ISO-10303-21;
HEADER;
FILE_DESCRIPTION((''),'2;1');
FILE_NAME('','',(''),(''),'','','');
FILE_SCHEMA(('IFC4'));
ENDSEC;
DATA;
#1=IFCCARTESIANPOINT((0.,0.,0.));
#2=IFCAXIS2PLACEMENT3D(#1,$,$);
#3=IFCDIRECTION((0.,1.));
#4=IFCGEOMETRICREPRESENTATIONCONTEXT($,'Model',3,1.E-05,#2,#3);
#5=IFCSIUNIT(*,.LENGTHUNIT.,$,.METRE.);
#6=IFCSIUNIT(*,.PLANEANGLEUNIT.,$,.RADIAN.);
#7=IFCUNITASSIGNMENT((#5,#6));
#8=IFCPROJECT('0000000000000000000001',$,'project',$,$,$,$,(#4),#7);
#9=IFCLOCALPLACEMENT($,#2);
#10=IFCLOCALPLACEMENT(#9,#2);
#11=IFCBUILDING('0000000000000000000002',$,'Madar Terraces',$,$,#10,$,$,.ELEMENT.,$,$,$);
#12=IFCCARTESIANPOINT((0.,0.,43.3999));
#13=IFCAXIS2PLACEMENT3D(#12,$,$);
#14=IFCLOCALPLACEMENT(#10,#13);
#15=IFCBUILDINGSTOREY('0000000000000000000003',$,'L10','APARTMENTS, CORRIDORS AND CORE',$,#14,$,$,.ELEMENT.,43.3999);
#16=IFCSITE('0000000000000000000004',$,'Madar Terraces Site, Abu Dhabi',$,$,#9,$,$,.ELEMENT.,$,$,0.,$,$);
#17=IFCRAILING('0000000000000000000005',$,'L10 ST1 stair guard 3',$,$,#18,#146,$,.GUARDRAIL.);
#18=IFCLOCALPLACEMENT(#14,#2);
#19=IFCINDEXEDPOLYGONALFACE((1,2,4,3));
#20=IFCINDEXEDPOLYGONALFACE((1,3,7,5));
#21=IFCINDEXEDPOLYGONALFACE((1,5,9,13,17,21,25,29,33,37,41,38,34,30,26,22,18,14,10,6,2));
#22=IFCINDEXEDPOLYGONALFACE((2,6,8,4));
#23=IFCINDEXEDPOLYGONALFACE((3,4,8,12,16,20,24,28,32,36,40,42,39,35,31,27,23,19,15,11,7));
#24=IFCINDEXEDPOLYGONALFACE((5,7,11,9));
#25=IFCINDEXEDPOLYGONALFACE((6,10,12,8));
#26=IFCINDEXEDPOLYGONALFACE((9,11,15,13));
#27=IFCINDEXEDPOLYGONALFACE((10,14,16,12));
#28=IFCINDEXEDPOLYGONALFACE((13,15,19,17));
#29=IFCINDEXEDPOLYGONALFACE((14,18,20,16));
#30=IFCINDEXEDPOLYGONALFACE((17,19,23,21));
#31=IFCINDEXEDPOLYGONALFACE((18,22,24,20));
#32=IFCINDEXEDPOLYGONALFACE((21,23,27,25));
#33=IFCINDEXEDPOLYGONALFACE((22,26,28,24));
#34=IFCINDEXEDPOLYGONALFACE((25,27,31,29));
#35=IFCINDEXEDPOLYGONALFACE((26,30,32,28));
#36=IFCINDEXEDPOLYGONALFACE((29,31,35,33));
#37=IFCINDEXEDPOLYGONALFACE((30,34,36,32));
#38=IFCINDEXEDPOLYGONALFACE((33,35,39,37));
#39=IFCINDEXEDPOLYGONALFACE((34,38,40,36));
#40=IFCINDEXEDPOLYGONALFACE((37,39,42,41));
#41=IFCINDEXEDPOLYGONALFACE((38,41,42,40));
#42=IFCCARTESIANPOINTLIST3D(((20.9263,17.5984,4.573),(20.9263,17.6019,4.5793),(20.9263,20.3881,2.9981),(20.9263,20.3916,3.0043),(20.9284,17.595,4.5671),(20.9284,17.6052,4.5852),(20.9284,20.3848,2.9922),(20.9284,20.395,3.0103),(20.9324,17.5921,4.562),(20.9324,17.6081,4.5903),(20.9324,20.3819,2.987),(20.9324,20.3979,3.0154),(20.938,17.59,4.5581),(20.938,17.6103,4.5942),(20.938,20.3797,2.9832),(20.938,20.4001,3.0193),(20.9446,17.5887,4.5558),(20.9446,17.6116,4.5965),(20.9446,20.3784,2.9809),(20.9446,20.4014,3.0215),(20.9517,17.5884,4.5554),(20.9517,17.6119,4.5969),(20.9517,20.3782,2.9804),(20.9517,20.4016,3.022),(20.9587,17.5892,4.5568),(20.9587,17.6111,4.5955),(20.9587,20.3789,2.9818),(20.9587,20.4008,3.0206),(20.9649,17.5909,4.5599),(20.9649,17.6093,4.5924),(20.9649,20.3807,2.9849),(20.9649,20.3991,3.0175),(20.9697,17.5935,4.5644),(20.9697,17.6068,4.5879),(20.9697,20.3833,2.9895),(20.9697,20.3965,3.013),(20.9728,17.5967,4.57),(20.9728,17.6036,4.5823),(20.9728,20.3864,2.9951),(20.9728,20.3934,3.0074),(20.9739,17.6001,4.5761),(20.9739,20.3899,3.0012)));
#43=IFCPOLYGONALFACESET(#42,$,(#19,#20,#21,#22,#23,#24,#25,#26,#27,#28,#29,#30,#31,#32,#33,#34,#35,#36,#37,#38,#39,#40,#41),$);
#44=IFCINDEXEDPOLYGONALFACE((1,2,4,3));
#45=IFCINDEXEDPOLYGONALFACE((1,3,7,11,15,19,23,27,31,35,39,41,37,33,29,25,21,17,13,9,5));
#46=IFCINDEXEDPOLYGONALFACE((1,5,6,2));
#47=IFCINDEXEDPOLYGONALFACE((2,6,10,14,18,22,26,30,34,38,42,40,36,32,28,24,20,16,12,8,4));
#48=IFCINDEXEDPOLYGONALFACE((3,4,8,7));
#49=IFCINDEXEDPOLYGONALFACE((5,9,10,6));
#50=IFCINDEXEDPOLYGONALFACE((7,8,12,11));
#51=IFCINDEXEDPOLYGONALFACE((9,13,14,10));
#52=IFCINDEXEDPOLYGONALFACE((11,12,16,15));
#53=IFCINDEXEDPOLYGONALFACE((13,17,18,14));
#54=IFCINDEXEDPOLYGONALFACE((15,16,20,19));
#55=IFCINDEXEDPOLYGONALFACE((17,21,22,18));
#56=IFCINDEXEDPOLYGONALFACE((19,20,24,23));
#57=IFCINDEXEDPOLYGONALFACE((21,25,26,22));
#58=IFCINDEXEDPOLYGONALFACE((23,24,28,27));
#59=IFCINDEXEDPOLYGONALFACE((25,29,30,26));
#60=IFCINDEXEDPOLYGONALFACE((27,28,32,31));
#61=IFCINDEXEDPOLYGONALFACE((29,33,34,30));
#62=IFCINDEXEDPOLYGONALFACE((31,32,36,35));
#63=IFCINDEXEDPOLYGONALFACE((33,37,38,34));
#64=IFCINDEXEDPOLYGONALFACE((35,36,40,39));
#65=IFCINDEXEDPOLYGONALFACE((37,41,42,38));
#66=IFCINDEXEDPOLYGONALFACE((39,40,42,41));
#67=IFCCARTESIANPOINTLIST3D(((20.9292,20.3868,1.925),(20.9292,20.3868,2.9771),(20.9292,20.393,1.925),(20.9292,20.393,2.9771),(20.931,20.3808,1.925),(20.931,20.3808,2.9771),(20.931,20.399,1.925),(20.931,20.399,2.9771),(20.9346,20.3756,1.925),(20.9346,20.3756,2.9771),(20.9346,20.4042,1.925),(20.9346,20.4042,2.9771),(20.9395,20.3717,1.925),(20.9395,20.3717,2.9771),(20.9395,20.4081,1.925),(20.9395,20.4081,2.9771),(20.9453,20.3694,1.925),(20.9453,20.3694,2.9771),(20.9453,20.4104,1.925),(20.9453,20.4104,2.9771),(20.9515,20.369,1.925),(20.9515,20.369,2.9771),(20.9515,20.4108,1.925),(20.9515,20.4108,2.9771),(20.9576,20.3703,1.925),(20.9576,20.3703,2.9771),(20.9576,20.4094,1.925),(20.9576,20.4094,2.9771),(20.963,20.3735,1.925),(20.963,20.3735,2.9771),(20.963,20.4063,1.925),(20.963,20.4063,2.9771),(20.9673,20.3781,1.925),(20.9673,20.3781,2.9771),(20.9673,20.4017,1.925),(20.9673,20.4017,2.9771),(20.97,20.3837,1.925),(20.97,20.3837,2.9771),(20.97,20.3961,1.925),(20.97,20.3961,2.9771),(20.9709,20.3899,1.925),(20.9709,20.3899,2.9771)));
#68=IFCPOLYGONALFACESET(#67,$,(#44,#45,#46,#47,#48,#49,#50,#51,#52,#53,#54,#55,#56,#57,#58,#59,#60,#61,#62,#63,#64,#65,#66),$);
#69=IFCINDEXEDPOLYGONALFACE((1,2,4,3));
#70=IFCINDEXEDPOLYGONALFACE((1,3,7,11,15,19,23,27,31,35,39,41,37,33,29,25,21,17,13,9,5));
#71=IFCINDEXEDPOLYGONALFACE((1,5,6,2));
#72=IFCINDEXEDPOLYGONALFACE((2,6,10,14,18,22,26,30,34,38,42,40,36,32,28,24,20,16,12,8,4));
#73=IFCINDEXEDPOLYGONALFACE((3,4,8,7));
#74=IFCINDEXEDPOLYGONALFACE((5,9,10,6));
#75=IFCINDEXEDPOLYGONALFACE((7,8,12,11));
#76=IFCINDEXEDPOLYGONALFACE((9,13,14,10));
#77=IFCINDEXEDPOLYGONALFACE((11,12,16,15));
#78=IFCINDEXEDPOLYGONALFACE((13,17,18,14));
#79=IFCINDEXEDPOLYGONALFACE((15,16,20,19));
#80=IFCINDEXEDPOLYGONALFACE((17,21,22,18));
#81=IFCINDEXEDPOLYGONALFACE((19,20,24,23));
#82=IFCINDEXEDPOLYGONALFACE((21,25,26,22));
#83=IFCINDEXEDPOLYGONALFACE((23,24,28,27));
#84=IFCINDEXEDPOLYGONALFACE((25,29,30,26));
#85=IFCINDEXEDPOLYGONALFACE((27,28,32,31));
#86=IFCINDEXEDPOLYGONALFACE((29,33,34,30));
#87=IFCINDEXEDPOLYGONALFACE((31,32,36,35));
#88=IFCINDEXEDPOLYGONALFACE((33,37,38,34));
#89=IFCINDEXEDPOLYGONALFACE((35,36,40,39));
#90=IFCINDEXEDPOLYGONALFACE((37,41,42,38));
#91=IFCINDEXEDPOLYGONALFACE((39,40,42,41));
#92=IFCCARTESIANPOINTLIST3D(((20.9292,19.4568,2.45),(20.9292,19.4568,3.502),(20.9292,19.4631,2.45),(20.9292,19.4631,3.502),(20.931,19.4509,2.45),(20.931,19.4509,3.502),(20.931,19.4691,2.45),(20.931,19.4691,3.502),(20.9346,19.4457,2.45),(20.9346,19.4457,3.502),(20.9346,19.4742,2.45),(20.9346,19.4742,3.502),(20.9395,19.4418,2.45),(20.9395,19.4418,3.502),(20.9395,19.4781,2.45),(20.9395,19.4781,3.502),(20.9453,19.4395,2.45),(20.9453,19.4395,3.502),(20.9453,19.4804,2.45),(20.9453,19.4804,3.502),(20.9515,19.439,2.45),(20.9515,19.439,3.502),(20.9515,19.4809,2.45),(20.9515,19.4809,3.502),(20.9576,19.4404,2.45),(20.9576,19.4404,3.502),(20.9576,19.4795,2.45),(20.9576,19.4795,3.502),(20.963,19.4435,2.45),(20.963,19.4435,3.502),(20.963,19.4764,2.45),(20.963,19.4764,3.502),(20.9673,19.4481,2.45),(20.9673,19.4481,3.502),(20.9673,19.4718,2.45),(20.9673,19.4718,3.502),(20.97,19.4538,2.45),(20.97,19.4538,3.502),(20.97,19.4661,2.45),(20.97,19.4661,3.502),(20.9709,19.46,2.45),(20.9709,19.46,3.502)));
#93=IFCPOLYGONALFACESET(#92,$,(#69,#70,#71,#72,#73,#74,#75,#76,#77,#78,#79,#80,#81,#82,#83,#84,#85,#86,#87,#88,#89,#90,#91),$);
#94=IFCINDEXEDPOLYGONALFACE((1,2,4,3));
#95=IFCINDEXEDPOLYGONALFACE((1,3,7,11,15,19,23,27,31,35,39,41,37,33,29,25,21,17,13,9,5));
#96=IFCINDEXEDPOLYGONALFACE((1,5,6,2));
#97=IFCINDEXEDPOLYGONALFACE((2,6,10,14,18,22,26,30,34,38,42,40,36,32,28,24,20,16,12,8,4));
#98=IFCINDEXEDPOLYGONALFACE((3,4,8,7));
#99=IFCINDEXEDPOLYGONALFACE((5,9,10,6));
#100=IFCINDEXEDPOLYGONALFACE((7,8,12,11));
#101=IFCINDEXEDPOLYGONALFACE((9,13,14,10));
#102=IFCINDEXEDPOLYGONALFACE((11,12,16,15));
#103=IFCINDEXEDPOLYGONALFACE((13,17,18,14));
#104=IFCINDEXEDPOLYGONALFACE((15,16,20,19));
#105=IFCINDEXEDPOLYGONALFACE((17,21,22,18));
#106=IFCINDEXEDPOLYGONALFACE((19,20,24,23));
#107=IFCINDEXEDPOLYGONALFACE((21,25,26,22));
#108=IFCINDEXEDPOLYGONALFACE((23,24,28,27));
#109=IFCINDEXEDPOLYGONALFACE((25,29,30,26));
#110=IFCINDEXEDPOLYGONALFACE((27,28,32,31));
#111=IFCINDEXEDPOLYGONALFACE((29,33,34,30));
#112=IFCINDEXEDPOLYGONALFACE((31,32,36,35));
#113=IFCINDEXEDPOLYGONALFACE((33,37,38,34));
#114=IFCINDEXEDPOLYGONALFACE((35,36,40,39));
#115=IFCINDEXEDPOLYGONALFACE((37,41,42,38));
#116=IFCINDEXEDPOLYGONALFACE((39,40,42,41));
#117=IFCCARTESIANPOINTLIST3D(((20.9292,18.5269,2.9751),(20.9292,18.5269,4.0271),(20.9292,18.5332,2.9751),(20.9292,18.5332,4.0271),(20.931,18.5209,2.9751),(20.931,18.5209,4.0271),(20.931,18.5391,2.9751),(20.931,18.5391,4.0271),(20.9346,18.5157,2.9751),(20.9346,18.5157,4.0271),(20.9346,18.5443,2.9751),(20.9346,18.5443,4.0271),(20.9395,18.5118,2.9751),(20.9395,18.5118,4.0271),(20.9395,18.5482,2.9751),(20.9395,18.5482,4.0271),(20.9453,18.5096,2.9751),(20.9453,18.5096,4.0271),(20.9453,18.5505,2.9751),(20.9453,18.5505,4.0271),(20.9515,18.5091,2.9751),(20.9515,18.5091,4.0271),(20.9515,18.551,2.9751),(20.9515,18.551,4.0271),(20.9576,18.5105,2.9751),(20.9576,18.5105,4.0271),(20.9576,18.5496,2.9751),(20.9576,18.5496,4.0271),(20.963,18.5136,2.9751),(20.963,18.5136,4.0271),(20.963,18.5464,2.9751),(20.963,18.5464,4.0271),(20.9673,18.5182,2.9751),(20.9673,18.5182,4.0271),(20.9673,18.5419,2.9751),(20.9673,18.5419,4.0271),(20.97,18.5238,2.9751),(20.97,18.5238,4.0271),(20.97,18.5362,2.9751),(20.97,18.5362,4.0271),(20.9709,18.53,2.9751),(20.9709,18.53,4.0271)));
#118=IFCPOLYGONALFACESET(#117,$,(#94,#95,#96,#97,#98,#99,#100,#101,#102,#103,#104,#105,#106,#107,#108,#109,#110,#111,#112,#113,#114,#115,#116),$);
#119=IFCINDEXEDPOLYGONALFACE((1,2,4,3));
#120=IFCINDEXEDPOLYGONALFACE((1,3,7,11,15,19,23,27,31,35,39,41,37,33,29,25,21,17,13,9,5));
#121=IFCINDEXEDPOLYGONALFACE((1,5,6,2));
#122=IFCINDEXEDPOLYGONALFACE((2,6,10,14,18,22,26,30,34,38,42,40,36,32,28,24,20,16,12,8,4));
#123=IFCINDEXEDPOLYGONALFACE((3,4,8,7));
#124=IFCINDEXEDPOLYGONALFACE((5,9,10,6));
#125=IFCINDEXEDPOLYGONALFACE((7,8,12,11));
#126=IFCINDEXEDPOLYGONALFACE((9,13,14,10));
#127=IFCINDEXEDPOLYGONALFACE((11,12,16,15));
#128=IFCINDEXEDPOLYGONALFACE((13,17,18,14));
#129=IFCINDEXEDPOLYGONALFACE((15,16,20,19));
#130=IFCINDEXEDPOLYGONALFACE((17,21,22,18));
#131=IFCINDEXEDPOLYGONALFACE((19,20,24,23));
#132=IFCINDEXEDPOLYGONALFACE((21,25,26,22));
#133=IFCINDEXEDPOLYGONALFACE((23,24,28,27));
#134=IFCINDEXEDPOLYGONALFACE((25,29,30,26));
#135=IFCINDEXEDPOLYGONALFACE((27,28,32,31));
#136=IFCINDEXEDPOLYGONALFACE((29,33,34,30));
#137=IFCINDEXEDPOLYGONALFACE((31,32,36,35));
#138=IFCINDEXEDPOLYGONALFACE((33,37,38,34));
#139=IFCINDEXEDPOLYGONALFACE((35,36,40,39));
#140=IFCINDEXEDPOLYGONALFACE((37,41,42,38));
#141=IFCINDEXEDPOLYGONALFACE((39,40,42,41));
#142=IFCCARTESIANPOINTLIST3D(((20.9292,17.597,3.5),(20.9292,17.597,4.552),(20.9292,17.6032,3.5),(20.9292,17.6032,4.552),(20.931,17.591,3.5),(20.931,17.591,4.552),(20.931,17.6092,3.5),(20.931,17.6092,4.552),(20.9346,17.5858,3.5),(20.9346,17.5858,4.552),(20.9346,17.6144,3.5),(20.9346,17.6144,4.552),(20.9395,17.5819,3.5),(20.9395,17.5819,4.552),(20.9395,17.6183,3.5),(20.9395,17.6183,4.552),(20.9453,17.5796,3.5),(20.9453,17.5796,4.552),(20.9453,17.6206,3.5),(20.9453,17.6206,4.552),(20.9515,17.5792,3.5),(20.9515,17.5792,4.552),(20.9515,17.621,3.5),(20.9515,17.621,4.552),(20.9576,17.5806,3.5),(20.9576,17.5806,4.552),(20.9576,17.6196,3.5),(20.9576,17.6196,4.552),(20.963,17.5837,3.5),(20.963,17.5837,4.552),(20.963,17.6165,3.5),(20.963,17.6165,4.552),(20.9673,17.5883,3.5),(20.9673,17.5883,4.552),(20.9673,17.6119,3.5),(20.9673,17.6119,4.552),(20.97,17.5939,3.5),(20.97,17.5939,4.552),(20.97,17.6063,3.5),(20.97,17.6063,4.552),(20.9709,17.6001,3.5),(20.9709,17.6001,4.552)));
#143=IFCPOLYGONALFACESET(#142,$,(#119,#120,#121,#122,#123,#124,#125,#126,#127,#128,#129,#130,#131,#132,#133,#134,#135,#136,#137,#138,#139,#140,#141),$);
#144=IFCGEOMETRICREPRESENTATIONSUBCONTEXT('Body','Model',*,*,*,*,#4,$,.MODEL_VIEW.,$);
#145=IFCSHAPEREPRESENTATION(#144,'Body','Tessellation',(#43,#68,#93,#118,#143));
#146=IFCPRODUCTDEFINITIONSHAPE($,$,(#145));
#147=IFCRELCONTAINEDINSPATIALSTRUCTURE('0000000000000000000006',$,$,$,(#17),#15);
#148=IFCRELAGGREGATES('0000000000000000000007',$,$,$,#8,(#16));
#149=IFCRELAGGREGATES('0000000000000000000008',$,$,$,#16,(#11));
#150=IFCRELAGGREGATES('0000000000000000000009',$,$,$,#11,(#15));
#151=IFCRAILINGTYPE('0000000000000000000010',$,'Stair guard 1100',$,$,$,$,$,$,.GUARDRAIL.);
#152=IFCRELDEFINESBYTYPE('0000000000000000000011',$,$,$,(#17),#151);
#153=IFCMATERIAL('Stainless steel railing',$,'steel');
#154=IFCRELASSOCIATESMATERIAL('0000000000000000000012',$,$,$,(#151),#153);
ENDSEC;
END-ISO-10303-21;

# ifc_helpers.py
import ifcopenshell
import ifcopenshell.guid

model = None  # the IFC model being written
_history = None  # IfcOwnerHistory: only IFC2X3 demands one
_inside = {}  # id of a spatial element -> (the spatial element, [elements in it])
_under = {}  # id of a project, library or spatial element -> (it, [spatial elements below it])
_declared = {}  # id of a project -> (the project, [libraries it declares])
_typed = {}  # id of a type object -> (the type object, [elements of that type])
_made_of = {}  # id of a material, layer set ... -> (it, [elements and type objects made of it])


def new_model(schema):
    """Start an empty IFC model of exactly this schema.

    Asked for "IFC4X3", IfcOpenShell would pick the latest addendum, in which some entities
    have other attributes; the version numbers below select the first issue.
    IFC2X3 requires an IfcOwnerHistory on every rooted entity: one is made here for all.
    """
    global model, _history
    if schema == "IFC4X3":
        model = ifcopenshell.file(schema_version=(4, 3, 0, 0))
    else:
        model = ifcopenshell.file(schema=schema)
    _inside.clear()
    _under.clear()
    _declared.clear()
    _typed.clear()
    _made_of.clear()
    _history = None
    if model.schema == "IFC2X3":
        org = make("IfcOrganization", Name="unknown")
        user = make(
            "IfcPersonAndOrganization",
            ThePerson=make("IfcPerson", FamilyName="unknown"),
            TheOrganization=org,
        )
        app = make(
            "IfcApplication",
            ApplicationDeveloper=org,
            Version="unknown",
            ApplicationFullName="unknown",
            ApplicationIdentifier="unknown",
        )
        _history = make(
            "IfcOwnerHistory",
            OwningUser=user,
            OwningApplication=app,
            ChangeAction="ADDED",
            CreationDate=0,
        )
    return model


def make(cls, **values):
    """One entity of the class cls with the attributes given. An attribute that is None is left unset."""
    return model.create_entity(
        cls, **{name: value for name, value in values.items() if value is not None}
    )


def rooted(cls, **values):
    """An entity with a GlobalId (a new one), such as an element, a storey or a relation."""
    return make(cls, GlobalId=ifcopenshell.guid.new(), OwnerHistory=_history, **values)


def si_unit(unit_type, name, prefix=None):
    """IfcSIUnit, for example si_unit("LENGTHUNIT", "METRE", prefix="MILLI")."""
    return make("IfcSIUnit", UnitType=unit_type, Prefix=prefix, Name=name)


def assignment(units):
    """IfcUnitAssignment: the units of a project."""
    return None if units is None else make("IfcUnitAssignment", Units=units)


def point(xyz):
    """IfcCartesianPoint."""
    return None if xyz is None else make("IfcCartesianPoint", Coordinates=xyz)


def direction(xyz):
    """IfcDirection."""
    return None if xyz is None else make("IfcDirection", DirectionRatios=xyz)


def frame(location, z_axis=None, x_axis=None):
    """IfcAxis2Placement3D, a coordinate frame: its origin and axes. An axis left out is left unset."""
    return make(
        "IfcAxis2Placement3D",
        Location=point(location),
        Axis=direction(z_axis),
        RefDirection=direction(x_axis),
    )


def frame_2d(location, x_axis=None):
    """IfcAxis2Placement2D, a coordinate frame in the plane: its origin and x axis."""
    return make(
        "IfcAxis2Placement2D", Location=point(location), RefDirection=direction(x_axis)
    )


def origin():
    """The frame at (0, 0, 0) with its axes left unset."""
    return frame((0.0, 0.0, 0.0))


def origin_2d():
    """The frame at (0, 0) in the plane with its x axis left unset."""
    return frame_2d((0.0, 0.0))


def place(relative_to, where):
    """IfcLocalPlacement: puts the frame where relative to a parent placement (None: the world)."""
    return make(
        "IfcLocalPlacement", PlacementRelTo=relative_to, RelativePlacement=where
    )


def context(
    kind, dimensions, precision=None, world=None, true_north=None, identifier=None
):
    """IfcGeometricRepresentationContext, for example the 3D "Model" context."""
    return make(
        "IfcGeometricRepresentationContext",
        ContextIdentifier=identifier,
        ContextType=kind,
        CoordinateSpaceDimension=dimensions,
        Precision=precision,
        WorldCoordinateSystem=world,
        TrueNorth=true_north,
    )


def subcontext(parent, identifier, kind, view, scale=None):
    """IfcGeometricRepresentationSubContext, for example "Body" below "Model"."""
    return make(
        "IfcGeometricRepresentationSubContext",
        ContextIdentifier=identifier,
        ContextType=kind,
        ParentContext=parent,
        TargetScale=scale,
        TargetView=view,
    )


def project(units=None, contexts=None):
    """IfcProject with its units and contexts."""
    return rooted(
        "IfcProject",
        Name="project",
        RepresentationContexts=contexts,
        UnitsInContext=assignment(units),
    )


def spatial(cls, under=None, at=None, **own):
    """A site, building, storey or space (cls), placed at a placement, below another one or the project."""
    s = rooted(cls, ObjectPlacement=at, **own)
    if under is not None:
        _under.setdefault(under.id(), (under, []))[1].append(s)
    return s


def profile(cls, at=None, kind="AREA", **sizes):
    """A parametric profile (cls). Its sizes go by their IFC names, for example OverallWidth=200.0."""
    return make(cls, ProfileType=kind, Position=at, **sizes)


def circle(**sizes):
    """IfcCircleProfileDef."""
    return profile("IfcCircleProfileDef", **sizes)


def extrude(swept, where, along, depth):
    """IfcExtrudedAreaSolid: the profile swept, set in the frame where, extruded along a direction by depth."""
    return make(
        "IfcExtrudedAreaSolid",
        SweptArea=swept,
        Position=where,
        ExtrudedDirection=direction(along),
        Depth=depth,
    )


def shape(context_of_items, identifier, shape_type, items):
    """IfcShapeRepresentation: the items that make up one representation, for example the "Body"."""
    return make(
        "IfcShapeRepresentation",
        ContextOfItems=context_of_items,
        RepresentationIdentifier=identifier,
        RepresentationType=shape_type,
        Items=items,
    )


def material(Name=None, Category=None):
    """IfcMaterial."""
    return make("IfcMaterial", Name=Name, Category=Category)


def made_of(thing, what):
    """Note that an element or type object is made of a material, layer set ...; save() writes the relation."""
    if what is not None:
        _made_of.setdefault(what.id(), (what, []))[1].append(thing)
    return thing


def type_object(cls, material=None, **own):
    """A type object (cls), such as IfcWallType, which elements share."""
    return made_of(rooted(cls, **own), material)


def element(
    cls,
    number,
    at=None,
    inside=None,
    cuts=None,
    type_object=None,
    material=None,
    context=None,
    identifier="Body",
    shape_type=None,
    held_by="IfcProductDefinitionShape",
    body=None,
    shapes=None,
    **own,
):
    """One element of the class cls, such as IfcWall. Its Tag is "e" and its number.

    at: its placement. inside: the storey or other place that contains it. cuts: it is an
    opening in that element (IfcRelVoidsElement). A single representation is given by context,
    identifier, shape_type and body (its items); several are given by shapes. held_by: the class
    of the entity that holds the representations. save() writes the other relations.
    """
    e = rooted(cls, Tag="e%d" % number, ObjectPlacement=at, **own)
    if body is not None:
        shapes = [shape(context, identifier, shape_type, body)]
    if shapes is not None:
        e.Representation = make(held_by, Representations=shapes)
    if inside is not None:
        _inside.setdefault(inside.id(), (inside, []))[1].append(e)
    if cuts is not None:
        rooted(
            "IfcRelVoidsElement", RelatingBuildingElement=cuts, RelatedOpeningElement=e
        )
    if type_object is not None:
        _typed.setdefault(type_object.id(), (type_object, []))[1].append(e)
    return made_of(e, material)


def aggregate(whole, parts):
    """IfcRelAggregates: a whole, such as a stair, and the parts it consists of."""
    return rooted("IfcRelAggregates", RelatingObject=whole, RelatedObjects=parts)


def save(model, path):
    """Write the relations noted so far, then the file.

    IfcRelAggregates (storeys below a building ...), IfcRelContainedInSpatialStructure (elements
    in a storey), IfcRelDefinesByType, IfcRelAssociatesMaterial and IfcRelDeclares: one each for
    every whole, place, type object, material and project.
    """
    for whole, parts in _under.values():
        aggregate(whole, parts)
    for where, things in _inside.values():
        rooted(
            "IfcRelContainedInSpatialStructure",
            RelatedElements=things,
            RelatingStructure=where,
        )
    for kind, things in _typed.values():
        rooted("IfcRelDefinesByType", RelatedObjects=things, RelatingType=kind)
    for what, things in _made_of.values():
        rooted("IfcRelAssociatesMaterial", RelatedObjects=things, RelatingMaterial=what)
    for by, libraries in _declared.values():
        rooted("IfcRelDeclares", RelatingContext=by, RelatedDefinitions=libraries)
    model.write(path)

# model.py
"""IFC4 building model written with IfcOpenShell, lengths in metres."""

from ifc_helpers import new_model, si_unit, direction, frame, origin, origin_2d, place, context, subcontext, project, spatial, circle, extrude, material, type_object, element, save


model = new_model("IFC4")

# Units and contexts
model_context = context("Model", 3, precision=1e-05, world=origin(), true_north=direction((0.0, 1.0)))
body_context = subcontext(model_context, "Body", "Model", "MODEL_VIEW")
ifc_project = project(units=[si_unit("LENGTHUNIT", "METRE"), si_unit("PLANEANGLEUNIT", "RADIAN")], contexts=[model_context])

# Site, building, storey
site_placement = place(None, origin())
site = spatial("IfcSite", under=ifc_project, at=site_placement, Name="Madar Terraces Site, Abu Dhabi", CompositionType="ELEMENT", RefElevation=0.0)
building_placement = place(site_placement, origin())
building = spatial("IfcBuilding", under=site, at=building_placement, Name="Madar Terraces", CompositionType="ELEMENT")
storey_placement = place(building_placement, frame((0.0, 0.0, 43.3999)))
storey = spatial("IfcBuildingStorey", under=building, at=storey_placement, Name="L10", Description="APARTMENTS, CORRIDORS AND CORE", CompositionType="ELEMENT", Elevation=43.3999)

# Railing
ifc_material_1 = material(Name="Stainless steel railing", Category="steel")
railing_type_1 = type_object("IfcRailingType", Name="Stair guard 1100", PredefinedType="GUARDRAIL", material=ifc_material_1)
railing_1_placement = place(storey_placement, frame((20.95, 20.3899, 1.925)))
element("IfcRailing", 1, at=railing_1_placement, inside=storey, type_object=railing_type_1, Name="L10 ST1 stair guard 3", PredefinedType="GUARDRAIL", context=body_context, shape_type="SweptSolid", body=[
    extrude(circle(Radius=0.0239, at=origin_2d()), frame((0.0, 0.0, 1.0762), z_axis=(0.0, -0.870815, 0.49161), x_axis=(1.0, 0.0, 0.0)), (0.0, 0.0, 1.0), 3.2036),
    extrude(circle(Radius=0.021, at=origin_2d()), origin(), (0.0, 0.0, 1.0), 1.052),
    extrude(circle(Radius=0.021, at=origin_2d()), frame((0.0, -0.9299, 0.5249)), (0.0, 0.0, 1.0), 1.052),
    extrude(circle(Radius=0.021, at=origin_2d()), frame((0.0, -1.8599, 1.05)), (0.0, 0.0, 1.0), 1.052),
    extrude(circle(Radius=0.021, at=origin_2d()), frame((0.0, -2.7898, 1.575)), (0.0, 0.0, 1.0), 1.052),
])

save(model, "model.ifc")
